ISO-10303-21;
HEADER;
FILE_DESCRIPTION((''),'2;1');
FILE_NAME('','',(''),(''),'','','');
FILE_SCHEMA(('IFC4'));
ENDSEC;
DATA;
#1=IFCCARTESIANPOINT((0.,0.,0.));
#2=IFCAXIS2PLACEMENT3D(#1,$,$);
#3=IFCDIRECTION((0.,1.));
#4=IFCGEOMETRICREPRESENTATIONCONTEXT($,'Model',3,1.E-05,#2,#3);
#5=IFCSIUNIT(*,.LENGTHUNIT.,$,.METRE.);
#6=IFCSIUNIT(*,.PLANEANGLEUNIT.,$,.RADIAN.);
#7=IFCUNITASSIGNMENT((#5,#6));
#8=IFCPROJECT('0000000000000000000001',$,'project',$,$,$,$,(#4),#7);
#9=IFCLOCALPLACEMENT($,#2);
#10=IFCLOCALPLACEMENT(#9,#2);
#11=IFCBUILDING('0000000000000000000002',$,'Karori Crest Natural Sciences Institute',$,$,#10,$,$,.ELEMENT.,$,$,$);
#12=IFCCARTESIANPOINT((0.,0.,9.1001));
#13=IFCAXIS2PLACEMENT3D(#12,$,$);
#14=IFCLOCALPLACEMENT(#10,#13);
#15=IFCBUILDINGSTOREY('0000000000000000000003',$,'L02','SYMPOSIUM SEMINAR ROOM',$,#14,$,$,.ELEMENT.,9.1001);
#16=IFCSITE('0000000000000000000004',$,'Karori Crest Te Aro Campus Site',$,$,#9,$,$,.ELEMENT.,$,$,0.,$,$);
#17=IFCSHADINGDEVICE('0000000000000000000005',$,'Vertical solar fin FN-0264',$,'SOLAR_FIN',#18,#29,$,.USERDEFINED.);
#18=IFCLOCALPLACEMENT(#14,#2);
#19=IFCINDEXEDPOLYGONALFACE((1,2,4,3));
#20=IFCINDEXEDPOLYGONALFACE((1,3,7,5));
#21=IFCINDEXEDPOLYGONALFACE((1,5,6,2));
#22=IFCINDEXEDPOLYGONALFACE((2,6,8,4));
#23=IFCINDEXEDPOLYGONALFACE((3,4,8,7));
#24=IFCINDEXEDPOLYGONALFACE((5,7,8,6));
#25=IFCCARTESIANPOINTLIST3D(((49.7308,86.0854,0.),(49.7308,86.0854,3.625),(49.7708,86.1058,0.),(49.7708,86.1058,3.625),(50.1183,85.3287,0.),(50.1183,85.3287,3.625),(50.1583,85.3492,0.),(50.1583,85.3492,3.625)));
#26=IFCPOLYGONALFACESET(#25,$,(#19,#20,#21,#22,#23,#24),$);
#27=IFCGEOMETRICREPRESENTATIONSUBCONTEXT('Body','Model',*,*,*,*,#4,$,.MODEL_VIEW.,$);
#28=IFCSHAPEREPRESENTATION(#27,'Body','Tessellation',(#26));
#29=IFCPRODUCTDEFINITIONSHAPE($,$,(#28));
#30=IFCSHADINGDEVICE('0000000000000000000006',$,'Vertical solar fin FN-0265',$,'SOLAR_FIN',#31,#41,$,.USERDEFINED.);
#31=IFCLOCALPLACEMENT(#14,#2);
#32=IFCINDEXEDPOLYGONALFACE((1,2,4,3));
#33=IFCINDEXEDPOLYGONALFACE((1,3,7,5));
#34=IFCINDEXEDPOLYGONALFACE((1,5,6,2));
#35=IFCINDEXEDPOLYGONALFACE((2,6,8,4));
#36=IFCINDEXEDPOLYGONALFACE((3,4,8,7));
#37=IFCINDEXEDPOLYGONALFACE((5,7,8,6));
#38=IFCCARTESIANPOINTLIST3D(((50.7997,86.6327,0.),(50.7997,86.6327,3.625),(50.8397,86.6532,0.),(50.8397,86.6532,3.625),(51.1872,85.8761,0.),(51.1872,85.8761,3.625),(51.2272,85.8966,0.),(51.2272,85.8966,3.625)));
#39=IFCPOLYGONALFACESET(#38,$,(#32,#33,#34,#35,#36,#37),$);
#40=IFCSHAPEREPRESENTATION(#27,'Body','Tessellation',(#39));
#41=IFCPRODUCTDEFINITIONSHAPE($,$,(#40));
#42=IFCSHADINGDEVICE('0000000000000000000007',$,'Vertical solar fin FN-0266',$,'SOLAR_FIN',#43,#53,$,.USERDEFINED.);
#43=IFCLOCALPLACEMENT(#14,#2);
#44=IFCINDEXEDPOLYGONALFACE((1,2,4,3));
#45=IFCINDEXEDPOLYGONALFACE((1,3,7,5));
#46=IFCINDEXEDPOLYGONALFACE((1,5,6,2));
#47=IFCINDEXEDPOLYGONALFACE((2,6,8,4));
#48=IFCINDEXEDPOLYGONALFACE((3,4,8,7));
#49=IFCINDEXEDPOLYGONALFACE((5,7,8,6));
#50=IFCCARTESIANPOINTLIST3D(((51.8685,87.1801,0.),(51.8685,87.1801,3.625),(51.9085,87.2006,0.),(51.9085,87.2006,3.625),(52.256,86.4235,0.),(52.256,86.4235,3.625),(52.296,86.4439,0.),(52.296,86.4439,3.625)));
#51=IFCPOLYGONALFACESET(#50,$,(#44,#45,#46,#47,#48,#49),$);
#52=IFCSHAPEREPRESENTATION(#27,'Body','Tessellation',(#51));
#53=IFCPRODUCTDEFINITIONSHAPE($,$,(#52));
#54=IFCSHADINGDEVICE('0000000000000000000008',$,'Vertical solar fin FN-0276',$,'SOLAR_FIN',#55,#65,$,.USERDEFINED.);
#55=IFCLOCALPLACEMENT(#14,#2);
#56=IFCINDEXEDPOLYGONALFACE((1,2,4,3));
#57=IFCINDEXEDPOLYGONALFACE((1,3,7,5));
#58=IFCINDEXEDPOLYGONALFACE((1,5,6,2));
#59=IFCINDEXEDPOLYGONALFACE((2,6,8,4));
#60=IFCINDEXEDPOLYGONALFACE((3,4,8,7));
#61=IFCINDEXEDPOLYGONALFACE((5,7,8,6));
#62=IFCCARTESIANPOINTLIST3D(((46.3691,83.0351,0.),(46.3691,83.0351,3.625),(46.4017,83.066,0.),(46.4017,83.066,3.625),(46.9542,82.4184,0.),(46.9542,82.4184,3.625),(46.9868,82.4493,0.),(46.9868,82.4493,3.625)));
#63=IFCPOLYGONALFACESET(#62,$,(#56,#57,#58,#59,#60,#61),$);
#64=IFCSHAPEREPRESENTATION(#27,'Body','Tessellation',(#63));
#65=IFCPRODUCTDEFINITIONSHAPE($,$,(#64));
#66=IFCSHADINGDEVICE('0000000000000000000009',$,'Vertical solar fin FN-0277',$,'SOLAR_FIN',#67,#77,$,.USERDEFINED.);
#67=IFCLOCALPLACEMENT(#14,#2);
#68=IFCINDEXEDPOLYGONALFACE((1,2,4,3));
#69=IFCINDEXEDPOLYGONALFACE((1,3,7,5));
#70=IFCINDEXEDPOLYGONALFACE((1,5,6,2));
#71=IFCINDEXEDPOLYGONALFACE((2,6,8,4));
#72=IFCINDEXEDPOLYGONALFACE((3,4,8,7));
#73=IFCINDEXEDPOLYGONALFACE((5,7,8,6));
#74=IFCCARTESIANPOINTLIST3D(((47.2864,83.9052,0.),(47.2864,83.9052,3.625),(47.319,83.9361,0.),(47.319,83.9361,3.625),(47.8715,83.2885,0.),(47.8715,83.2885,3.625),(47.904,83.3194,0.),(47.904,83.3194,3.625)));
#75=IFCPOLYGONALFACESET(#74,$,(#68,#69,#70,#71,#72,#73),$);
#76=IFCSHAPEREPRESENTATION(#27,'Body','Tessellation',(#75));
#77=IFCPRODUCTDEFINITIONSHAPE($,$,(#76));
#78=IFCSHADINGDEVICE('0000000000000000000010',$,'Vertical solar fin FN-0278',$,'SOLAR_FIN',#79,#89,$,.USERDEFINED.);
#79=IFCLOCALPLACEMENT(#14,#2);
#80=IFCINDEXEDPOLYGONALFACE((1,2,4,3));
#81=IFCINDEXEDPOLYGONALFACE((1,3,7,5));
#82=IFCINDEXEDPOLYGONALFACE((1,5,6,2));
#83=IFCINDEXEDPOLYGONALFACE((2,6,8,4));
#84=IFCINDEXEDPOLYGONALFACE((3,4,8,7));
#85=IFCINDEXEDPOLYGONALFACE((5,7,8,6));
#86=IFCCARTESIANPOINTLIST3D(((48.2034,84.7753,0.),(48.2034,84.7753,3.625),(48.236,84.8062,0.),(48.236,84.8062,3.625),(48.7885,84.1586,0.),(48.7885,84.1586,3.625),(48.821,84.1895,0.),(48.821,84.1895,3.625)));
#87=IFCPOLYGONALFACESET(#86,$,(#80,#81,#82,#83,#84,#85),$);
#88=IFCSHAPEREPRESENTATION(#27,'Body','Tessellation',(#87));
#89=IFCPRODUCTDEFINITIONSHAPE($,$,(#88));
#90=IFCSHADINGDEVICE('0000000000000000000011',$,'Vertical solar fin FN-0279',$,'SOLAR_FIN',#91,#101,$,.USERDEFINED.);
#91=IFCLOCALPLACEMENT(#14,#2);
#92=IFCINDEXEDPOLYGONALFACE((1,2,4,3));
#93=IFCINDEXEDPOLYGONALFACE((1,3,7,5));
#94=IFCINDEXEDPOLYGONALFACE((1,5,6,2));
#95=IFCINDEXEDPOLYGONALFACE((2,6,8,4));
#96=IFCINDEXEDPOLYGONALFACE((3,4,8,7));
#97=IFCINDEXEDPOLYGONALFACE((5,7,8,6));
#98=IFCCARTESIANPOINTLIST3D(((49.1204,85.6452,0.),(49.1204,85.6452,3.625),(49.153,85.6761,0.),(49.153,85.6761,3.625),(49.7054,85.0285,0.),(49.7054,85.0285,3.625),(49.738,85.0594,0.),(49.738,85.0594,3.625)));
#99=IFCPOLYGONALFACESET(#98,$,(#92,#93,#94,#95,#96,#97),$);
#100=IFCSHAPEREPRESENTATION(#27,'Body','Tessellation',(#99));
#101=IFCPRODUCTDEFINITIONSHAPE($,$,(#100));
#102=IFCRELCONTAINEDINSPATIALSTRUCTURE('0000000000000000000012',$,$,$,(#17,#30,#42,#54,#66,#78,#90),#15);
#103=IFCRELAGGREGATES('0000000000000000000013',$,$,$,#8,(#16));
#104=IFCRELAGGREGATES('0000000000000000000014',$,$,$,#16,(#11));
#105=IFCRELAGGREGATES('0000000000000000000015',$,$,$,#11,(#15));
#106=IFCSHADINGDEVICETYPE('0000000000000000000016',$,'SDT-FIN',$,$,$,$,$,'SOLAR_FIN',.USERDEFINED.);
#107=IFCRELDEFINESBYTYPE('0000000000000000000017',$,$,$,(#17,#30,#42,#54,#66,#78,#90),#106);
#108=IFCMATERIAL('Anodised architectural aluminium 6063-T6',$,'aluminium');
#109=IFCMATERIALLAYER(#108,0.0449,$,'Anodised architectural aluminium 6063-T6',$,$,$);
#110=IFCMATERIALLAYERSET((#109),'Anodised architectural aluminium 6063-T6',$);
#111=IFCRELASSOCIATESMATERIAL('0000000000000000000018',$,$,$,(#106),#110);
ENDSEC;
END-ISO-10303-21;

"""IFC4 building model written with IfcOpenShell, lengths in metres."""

from ifc_helpers import new_model, si_unit, direction, frame, origin, origin_2d, place, context, subcontext, project, spatial, rectangle, extrude, material, layer, layer_set, type_object, element, save


model = new_model("IFC4")

# Units and contexts
model_context = context("Model", 3, precision=1e-05, world=origin(), true_north=direction((0.0, 1.0)))
body_context = subcontext(model_context, "Body", "Model", "MODEL_VIEW")
ifc_project = project(units=[si_unit("LENGTHUNIT", "METRE"), si_unit("PLANEANGLEUNIT", "RADIAN")], contexts=[model_context])

# Site, building, storey
site_placement = place(None, origin())
site = spatial("IfcSite", under=ifc_project, at=site_placement, Name="Karori Crest Te Aro Campus Site", CompositionType="ELEMENT", RefElevation=0.0)
building_placement = place(site_placement, origin())
building = spatial("IfcBuilding", under=site, at=building_placement, Name="Karori Crest Natural Sciences Institute", CompositionType="ELEMENT")
storey_placement = place(building_placement, frame((0.0, 0.0, 9.1001)))
storey = spatial("IfcBuildingStorey", under=building, at=storey_placement, Name="L02", Description="SYMPOSIUM SEMINAR ROOM", CompositionType="ELEMENT", Elevation=9.1001)

# Shared definitions
ifc_material_1 = material(Name="Anodised architectural aluminium 6063-T6", Category="aluminium")

# Shading devices
ifc_layer_1 = layer(ifc_material_1, 0.0449, Name="Anodised architectural aluminium 6063-T6")
ifc_layer_set_1 = layer_set([ifc_layer_1], Name="Anodised architectural aluminium 6063-T6")
shading_device_type = type_object("IfcShadingDeviceType", Name="SDT-FIN", ElementType="SOLAR_FIN", PredefinedType="USERDEFINED", material=ifc_layer_set_1)
for number, where, z_axis, x_axis, name in (
    (1, (49.9446, 85.7173, 0.0), (0.0, 0.0, 1.0), (-0.455832, 0.890066, 0.0), "Vertical solar fin FN-0264"),
    (2, (51.0134, 86.2646, 0.0), (0.0, 0.0, 1.0), (-0.455832, 0.890066, 0.0), "Vertical solar fin FN-0265"),
    (3, (52.0823, 86.812, 0.0), (0.0, 0.0, 1.0), (-0.455832, 0.890066, 0.0), "Vertical solar fin FN-0266"),
    (4, (46.678, 82.7422, 0.0), (0.0, 0.0, 1.0), (-0.688251, 0.725473, 0.0), "Vertical solar fin FN-0276"),
    (5, (47.5952, 83.6123, 0.0), (0.0, 0.0, 1.0), (-0.688251, 0.725473, 0.0), "Vertical solar fin FN-0277"),
    (6, (48.5122, 84.4824, 0.0), (0.0, 0.0, 1.0), (-0.688251, 0.725473, 0.0), "Vertical solar fin FN-0278"),
    (7, (49.4292, 85.3523, 0.0), (0.0, 0.0, 1.0), (-0.688251, 0.725473, 0.0), "Vertical solar fin FN-0279"),
):
    element("IfcShadingDevice", number, at=place(storey_placement, frame(where, z_axis=z_axis, x_axis=x_axis)), inside=storey, type_object=shading_device_type, Name=name, ObjectType="SOLAR_FIN", PredefinedType="USERDEFINED", context=body_context, shape_type="SweptSolid", body=[
        extrude(rectangle(XDim=0.8501, YDim=0.0449, at=origin_2d()), origin(), (0.0, 0.0, 1.0), 3.625),
    ])

save(model, "model.ifc")
